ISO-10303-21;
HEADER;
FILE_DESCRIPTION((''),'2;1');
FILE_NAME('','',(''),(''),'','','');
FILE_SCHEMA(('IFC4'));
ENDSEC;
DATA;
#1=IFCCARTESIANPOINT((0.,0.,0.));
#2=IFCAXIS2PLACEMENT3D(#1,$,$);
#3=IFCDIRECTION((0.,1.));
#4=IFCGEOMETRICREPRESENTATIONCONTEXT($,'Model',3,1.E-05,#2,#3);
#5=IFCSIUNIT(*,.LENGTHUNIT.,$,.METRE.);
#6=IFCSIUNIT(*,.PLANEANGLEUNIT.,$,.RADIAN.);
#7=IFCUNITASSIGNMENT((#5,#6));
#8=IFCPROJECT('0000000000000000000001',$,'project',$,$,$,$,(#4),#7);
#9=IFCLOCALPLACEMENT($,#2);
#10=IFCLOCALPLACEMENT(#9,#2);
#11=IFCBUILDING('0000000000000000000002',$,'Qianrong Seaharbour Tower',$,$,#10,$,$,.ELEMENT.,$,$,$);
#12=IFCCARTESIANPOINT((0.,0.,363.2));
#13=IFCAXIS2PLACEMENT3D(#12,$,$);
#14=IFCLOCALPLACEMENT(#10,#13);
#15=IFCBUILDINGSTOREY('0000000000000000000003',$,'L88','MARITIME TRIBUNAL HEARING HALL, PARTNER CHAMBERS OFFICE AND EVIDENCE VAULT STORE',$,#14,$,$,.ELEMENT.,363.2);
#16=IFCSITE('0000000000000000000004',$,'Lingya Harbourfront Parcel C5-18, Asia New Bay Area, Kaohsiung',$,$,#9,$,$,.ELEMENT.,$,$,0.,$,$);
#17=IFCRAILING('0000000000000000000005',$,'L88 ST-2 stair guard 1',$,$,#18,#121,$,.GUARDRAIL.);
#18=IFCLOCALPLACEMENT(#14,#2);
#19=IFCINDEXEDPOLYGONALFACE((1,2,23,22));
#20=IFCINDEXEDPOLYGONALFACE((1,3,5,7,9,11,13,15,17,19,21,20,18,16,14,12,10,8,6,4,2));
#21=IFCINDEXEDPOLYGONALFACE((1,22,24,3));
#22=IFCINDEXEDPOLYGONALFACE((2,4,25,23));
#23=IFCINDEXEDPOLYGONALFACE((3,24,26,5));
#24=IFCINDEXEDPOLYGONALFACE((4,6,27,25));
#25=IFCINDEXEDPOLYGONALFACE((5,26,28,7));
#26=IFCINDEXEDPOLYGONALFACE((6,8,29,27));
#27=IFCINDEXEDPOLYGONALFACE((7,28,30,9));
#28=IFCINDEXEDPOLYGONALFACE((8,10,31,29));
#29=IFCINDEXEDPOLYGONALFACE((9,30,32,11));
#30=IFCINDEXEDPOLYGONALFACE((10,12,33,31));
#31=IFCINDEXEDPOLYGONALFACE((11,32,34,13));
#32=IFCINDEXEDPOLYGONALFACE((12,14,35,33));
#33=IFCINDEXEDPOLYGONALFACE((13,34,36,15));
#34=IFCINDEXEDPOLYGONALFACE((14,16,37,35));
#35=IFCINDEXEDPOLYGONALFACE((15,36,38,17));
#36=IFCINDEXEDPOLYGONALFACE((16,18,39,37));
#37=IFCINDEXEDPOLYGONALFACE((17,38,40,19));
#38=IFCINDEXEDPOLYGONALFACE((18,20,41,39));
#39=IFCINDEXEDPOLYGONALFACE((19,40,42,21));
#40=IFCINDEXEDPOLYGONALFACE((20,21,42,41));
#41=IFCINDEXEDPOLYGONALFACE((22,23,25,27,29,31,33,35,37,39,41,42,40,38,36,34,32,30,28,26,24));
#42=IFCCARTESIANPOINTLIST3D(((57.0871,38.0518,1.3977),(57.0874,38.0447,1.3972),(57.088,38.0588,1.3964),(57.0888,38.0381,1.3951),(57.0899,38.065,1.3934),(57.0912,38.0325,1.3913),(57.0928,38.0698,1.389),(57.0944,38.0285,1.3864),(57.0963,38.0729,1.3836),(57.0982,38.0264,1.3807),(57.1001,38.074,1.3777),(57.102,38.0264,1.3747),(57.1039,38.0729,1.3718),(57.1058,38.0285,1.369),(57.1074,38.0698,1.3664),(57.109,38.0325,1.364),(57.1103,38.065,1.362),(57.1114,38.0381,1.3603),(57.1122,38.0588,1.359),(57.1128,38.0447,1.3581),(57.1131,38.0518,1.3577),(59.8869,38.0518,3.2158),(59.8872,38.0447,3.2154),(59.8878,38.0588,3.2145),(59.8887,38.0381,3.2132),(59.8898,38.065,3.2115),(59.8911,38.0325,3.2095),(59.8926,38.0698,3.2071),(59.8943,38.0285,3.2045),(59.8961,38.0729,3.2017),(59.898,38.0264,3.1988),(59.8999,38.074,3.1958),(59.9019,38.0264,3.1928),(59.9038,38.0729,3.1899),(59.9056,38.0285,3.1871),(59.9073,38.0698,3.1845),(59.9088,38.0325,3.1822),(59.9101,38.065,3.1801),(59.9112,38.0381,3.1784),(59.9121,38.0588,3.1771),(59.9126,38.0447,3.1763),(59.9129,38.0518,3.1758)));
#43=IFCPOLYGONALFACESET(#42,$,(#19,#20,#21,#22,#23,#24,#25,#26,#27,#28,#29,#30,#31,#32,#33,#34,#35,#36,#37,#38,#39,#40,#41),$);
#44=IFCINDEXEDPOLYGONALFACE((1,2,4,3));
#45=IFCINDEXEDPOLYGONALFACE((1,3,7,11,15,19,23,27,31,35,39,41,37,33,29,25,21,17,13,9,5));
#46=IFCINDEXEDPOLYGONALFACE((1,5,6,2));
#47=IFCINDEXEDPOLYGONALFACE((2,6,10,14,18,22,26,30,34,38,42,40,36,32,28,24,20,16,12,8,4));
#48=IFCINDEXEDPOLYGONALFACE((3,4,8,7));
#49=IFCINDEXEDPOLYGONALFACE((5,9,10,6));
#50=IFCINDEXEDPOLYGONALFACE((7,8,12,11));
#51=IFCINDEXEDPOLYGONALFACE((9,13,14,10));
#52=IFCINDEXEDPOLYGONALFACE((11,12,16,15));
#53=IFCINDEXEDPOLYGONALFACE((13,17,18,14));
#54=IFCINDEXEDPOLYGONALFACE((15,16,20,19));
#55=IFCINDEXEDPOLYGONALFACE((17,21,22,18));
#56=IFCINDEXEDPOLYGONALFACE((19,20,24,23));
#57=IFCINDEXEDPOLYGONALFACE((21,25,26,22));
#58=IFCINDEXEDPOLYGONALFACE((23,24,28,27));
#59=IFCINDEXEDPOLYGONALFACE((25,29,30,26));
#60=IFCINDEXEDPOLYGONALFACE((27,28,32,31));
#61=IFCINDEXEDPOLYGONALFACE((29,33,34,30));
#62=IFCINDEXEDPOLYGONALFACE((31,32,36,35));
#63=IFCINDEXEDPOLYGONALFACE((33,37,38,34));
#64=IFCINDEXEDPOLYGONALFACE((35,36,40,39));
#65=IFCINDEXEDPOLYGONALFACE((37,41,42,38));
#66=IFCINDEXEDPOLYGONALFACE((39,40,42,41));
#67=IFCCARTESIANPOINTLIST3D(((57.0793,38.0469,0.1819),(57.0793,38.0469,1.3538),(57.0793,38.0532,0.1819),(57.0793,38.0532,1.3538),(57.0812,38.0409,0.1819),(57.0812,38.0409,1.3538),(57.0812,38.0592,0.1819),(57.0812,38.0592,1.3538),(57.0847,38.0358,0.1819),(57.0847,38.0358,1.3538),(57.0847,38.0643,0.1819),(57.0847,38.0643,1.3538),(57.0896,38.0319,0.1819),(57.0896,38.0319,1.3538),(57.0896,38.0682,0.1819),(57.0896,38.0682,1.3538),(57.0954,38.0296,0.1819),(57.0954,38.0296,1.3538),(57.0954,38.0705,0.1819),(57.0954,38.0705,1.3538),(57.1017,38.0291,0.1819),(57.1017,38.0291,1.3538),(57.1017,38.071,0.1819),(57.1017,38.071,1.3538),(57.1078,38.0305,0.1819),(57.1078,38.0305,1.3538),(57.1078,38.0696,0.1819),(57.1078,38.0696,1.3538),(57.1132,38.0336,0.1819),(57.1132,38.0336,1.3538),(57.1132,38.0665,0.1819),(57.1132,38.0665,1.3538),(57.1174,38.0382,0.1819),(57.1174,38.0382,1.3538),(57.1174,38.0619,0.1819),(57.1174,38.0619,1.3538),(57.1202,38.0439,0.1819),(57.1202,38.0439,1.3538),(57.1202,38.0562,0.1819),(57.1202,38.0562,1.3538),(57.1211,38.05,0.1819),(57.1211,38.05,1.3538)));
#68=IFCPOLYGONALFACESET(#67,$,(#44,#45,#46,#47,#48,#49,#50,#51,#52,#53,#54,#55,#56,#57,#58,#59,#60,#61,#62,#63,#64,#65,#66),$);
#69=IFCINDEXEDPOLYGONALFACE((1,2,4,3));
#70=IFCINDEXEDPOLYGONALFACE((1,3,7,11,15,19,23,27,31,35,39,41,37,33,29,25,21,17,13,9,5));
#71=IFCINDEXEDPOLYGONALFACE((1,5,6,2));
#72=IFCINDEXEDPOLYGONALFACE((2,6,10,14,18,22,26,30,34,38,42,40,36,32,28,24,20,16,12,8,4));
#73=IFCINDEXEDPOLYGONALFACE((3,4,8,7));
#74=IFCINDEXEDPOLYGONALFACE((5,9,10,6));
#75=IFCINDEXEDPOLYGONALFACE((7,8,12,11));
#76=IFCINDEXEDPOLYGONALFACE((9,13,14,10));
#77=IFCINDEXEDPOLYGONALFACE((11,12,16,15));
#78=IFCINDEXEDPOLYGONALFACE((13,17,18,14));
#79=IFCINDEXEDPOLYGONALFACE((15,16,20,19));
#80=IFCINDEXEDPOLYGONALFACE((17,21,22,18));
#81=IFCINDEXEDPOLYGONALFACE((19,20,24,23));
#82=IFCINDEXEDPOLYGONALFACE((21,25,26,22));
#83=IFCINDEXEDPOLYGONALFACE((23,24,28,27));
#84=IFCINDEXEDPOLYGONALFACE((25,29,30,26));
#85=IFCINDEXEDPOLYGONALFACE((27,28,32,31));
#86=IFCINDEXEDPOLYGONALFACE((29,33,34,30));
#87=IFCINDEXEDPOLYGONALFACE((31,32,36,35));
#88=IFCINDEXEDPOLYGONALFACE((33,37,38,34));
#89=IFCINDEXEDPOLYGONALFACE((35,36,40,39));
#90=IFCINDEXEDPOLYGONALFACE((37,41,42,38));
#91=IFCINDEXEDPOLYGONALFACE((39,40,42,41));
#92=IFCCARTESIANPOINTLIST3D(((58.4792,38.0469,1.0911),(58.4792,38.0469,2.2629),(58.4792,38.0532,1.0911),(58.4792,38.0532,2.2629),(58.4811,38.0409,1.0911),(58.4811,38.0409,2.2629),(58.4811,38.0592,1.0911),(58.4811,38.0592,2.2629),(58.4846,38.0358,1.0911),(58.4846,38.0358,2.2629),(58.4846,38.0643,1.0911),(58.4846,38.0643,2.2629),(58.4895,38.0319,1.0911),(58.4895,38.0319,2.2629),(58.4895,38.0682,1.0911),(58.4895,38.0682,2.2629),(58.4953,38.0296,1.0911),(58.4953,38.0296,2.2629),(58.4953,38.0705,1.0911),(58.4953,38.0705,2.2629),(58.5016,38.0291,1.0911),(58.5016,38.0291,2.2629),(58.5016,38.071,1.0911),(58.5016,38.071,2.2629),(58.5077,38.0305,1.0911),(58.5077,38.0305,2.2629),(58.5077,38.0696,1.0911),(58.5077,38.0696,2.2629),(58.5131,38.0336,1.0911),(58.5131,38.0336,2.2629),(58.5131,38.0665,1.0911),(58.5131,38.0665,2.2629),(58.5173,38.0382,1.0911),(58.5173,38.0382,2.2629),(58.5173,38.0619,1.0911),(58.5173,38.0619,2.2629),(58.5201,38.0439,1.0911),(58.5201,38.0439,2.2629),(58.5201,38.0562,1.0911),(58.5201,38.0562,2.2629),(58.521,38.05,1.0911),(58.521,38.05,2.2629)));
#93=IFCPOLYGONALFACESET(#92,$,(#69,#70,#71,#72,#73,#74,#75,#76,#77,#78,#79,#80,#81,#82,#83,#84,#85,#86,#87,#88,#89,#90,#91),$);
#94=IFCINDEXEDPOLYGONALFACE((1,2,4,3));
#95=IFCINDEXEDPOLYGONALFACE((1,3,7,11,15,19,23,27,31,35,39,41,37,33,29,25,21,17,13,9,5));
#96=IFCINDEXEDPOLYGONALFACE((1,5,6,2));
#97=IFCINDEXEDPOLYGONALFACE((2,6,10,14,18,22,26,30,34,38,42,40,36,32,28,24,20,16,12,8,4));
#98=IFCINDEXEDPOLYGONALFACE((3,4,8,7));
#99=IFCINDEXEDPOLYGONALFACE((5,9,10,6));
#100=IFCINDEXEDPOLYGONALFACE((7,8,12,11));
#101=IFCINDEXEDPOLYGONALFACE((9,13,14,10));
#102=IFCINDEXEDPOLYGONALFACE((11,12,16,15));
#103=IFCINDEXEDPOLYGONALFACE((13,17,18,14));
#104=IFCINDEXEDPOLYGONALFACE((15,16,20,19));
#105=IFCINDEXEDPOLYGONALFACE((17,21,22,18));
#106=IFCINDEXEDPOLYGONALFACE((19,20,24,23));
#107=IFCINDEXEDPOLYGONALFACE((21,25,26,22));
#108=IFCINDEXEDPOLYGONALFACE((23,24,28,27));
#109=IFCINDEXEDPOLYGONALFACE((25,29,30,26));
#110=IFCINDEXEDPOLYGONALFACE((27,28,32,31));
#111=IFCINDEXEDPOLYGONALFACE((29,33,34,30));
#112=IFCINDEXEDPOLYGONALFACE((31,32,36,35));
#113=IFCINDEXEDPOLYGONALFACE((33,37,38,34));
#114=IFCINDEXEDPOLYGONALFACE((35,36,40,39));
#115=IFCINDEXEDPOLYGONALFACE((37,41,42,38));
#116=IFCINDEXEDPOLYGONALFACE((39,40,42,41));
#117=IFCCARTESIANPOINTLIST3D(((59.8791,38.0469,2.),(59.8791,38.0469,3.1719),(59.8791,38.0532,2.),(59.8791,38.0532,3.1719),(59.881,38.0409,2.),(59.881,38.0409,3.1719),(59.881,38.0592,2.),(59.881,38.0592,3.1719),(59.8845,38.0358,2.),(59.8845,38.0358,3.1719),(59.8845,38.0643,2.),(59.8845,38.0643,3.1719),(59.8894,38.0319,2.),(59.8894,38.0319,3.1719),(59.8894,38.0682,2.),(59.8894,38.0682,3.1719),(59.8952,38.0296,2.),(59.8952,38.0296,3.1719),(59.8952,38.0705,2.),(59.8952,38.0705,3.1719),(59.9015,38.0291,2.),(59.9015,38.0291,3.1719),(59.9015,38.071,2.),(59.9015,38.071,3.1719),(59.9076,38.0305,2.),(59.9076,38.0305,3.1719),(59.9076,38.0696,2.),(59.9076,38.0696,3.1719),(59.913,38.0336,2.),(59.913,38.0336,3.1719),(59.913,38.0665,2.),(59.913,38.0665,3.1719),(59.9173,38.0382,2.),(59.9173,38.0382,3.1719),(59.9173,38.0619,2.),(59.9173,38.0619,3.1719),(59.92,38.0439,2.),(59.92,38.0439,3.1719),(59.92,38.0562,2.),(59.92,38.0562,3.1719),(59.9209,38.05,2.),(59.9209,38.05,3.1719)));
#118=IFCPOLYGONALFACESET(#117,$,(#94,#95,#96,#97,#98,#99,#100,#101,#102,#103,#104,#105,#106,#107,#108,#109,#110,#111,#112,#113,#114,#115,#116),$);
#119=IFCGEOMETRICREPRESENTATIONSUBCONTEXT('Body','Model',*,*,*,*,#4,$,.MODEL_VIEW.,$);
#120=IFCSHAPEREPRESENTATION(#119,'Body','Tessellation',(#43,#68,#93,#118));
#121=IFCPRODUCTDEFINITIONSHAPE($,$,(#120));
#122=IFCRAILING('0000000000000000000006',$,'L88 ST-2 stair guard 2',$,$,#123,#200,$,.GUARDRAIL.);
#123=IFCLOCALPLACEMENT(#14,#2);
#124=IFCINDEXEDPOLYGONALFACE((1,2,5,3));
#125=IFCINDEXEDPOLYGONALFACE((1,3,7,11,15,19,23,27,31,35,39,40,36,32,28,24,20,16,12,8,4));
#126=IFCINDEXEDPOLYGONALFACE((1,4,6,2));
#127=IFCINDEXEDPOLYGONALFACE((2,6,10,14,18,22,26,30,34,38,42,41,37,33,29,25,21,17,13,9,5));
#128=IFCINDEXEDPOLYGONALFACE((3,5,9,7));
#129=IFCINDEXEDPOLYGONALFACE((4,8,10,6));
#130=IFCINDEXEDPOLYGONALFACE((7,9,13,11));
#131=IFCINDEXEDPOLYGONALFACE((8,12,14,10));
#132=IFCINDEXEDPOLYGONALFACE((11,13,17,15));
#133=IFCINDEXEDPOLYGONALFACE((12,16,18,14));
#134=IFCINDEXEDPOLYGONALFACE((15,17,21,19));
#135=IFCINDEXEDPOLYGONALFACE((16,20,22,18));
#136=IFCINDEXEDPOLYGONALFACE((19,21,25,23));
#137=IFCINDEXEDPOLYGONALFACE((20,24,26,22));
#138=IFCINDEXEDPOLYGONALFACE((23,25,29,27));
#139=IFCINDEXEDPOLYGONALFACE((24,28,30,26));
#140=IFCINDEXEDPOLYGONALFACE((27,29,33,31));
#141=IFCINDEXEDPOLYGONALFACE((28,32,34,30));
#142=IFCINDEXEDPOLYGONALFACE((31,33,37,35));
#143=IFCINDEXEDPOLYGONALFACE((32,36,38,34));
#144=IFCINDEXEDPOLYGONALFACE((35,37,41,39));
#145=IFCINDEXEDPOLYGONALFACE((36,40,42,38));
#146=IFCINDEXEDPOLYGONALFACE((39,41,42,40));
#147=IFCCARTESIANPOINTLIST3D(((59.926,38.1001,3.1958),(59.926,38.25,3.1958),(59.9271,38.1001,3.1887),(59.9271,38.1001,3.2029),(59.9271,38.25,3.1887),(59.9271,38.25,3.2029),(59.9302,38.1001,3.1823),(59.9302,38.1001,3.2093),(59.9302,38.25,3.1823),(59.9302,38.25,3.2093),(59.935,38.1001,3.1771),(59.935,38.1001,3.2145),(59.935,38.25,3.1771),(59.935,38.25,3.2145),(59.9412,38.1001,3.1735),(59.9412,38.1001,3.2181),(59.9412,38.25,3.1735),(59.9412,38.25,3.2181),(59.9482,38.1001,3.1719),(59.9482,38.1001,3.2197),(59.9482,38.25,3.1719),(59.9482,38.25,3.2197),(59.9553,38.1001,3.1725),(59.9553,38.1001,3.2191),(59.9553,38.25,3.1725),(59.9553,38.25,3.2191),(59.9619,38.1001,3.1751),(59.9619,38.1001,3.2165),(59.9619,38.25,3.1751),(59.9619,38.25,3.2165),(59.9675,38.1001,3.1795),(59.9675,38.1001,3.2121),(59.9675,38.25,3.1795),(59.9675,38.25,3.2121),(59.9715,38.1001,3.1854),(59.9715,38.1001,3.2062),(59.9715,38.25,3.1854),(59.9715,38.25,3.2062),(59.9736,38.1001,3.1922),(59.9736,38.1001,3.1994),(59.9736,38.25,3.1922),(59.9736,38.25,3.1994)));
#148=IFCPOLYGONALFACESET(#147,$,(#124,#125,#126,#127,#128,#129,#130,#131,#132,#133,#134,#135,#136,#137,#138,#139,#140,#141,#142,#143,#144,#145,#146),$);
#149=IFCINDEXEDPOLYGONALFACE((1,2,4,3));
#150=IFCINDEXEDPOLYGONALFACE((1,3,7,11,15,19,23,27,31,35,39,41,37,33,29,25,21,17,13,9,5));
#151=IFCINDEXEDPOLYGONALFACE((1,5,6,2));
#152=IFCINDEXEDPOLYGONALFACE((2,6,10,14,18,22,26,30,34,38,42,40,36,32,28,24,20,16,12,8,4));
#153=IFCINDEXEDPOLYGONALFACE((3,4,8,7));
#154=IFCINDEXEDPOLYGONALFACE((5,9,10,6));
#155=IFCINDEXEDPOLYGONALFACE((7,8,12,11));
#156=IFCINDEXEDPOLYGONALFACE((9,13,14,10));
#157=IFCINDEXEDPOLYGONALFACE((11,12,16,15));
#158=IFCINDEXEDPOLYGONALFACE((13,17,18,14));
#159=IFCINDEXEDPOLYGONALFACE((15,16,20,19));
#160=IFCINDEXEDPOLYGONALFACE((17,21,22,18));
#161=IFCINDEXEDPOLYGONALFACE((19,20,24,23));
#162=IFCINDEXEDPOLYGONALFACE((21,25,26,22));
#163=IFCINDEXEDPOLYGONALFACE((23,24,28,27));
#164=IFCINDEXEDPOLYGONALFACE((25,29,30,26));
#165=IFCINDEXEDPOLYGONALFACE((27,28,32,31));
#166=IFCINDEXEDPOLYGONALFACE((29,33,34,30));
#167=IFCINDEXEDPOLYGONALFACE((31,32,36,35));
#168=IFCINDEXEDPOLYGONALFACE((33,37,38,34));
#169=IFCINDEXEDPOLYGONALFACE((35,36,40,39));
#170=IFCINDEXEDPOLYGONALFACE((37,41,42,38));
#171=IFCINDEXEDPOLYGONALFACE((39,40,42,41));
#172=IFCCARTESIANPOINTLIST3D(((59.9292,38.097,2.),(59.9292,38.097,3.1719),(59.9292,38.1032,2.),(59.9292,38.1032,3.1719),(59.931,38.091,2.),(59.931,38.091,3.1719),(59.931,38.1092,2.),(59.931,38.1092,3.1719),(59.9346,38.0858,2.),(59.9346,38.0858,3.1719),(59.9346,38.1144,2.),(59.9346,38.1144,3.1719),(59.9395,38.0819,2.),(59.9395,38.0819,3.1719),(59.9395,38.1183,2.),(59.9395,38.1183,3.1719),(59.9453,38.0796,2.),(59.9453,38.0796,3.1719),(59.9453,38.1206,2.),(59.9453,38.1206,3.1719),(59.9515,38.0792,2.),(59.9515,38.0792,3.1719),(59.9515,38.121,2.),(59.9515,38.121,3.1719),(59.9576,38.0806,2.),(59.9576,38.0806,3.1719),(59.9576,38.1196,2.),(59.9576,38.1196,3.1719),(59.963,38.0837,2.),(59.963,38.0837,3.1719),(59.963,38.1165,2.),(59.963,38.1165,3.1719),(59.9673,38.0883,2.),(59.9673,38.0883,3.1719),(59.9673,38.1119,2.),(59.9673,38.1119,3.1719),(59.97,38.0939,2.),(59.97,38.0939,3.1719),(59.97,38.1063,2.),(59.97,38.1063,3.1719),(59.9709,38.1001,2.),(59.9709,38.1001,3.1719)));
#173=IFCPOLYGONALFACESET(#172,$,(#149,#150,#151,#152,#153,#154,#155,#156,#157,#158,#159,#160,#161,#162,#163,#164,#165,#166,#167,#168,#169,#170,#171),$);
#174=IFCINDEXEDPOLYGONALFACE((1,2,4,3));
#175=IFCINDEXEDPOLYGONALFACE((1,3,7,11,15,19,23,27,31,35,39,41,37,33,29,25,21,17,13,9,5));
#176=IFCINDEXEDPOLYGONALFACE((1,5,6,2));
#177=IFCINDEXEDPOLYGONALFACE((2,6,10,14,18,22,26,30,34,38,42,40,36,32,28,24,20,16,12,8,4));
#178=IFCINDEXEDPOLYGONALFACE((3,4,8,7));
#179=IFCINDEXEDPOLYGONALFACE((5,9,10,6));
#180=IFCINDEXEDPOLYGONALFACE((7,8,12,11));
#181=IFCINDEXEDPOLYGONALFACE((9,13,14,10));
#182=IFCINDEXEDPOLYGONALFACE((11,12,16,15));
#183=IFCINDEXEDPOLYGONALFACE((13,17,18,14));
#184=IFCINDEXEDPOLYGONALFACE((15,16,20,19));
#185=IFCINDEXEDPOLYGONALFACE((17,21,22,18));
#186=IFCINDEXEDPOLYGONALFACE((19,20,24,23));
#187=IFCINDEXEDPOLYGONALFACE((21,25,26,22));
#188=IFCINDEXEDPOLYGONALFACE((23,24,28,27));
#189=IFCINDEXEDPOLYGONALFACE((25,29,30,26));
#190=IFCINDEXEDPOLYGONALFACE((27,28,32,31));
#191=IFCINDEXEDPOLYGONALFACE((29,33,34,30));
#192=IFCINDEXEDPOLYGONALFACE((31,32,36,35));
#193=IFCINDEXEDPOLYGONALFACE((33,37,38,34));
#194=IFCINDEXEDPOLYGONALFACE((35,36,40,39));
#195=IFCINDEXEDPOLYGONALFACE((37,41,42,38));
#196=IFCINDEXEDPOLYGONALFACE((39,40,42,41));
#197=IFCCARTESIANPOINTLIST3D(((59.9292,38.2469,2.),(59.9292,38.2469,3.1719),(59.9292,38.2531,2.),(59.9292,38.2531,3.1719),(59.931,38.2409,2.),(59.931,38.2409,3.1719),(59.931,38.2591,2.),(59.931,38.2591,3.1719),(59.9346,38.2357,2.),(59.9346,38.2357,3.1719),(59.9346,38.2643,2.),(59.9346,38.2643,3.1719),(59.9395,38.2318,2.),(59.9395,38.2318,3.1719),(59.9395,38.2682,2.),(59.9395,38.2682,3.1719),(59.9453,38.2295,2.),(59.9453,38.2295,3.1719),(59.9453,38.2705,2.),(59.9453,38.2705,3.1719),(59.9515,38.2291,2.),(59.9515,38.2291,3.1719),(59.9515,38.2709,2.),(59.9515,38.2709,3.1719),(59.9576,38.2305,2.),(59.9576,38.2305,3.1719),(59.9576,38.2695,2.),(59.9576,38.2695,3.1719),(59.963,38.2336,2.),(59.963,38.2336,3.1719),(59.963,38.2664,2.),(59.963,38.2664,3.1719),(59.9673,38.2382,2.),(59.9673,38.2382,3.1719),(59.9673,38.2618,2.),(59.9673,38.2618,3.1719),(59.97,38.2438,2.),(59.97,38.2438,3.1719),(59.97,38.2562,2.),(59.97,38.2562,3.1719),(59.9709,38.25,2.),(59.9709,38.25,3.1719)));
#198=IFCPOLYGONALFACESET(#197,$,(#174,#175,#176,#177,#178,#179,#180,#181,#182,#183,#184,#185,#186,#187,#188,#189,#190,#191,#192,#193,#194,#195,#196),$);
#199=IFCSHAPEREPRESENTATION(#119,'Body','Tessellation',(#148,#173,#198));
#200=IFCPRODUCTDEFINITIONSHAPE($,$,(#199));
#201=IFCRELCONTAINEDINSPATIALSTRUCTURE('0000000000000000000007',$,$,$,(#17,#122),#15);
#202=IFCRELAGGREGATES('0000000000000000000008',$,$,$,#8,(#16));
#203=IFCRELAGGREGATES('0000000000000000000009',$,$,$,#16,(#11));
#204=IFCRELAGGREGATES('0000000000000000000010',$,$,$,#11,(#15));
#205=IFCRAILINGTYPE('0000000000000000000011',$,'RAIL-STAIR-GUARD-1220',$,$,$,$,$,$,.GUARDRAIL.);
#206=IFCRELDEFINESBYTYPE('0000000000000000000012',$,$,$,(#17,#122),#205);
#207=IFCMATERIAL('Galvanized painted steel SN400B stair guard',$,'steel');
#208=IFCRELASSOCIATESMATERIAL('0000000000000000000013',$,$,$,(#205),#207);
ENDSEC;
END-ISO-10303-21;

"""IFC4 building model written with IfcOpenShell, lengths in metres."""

from ifc_helpers import new_model, si_unit, direction, frame, origin, origin_2d, place, context, subcontext, project, spatial, circle, extrude, material, type_object, element, save


model = new_model("IFC4")

# Units and contexts
model_context = context("Model", 3, precision=1e-05, world=origin(), true_north=direction((0.0, 1.0)))
body_context = subcontext(model_context, "Body", "Model", "MODEL_VIEW")
ifc_project = project(units=[si_unit("LENGTHUNIT", "METRE"), si_unit("PLANEANGLEUNIT", "RADIAN")], contexts=[model_context])

# Site, building, storey
site_placement = place(None, origin())
site = spatial("IfcSite", under=ifc_project, at=site_placement, Name="Lingya Harbourfront Parcel C5-18, Asia New Bay Area, Kaohsiung", CompositionType="ELEMENT", RefElevation=0.0)
building_placement = place(site_placement, origin())
building = spatial("IfcBuilding", under=site, at=building_placement, Name="Qianrong Seaharbour Tower", CompositionType="ELEMENT")
storey_placement = place(building_placement, frame((0.0, 0.0, 363.2)))
storey = spatial("IfcBuildingStorey", under=building, at=storey_placement, Name="L88", Description="MARITIME TRIBUNAL HEARING HALL, PARTNER CHAMBERS OFFICE AND EVIDENCE VAULT STORE", CompositionType="ELEMENT", Elevation=363.2)

# Railings
ifc_material_1 = material(Name="Galvanized painted steel SN400B stair guard", Category="steel")
railing_type_1 = type_object("IfcRailingType", Name="RAIL-STAIR-GUARD-1220", PredefinedType="GUARDRAIL", material=ifc_material_1)
railing_1_placement = place(storey_placement, frame((57.1001, 38.05, 0.1819)))
element("IfcRailing", 1, at=railing_1_placement, inside=storey, type_object=railing_type_1, Name="L88 ST-2 stair guard 1", PredefinedType="GUARDRAIL", context=body_context, shape_type="SweptSolid", body=[
    extrude(circle(Radius=0.0239, at=origin_2d()), frame((0.0, 0.0, 1.1958), z_axis=(0.838684, 0.0, 0.544618), x_axis=(0.0, 1.0, 0.0)), (0.0, 0.0, 1.0), 3.3384),
    extrude(circle(Radius=0.021, at=origin_2d()), origin(), (0.0, 0.0, 1.0), 1.1719),
    extrude(circle(Radius=0.021, at=origin_2d()), frame((1.3999, 0.0, 0.9092)), (0.0, 0.0, 1.0), 1.1719),
    extrude(circle(Radius=0.021, at=origin_2d()), frame((2.7998, 0.0, 1.8181)), (0.0, 0.0, 1.0), 1.1719),
])
railing_2_placement = place(storey_placement, frame((59.95, 38.1001, 2.0)))
element("IfcRailing", 2, at=railing_2_placement, inside=storey, type_object=railing_type_1, Name="L88 ST-2 stair guard 2", PredefinedType="GUARDRAIL", context=body_context, shape_type="SweptSolid", body=[
    extrude(circle(Radius=0.0239, at=origin_2d()), frame((0.0, 0.0, 1.1958), z_axis=(0.0, 1.0, 0.0), x_axis=(-1.0, 0.0, 0.0)), (0.0, 0.0, 1.0), 0.1499),
    extrude(circle(Radius=0.021, at=origin_2d()), origin(), (0.0, 0.0, 1.0), 1.1719),
    extrude(circle(Radius=0.021, at=origin_2d()), frame((0.0, 0.1499, 0.0)), (0.0, 0.0, 1.0), 1.1719),
])

save(model, "model.ifc")
